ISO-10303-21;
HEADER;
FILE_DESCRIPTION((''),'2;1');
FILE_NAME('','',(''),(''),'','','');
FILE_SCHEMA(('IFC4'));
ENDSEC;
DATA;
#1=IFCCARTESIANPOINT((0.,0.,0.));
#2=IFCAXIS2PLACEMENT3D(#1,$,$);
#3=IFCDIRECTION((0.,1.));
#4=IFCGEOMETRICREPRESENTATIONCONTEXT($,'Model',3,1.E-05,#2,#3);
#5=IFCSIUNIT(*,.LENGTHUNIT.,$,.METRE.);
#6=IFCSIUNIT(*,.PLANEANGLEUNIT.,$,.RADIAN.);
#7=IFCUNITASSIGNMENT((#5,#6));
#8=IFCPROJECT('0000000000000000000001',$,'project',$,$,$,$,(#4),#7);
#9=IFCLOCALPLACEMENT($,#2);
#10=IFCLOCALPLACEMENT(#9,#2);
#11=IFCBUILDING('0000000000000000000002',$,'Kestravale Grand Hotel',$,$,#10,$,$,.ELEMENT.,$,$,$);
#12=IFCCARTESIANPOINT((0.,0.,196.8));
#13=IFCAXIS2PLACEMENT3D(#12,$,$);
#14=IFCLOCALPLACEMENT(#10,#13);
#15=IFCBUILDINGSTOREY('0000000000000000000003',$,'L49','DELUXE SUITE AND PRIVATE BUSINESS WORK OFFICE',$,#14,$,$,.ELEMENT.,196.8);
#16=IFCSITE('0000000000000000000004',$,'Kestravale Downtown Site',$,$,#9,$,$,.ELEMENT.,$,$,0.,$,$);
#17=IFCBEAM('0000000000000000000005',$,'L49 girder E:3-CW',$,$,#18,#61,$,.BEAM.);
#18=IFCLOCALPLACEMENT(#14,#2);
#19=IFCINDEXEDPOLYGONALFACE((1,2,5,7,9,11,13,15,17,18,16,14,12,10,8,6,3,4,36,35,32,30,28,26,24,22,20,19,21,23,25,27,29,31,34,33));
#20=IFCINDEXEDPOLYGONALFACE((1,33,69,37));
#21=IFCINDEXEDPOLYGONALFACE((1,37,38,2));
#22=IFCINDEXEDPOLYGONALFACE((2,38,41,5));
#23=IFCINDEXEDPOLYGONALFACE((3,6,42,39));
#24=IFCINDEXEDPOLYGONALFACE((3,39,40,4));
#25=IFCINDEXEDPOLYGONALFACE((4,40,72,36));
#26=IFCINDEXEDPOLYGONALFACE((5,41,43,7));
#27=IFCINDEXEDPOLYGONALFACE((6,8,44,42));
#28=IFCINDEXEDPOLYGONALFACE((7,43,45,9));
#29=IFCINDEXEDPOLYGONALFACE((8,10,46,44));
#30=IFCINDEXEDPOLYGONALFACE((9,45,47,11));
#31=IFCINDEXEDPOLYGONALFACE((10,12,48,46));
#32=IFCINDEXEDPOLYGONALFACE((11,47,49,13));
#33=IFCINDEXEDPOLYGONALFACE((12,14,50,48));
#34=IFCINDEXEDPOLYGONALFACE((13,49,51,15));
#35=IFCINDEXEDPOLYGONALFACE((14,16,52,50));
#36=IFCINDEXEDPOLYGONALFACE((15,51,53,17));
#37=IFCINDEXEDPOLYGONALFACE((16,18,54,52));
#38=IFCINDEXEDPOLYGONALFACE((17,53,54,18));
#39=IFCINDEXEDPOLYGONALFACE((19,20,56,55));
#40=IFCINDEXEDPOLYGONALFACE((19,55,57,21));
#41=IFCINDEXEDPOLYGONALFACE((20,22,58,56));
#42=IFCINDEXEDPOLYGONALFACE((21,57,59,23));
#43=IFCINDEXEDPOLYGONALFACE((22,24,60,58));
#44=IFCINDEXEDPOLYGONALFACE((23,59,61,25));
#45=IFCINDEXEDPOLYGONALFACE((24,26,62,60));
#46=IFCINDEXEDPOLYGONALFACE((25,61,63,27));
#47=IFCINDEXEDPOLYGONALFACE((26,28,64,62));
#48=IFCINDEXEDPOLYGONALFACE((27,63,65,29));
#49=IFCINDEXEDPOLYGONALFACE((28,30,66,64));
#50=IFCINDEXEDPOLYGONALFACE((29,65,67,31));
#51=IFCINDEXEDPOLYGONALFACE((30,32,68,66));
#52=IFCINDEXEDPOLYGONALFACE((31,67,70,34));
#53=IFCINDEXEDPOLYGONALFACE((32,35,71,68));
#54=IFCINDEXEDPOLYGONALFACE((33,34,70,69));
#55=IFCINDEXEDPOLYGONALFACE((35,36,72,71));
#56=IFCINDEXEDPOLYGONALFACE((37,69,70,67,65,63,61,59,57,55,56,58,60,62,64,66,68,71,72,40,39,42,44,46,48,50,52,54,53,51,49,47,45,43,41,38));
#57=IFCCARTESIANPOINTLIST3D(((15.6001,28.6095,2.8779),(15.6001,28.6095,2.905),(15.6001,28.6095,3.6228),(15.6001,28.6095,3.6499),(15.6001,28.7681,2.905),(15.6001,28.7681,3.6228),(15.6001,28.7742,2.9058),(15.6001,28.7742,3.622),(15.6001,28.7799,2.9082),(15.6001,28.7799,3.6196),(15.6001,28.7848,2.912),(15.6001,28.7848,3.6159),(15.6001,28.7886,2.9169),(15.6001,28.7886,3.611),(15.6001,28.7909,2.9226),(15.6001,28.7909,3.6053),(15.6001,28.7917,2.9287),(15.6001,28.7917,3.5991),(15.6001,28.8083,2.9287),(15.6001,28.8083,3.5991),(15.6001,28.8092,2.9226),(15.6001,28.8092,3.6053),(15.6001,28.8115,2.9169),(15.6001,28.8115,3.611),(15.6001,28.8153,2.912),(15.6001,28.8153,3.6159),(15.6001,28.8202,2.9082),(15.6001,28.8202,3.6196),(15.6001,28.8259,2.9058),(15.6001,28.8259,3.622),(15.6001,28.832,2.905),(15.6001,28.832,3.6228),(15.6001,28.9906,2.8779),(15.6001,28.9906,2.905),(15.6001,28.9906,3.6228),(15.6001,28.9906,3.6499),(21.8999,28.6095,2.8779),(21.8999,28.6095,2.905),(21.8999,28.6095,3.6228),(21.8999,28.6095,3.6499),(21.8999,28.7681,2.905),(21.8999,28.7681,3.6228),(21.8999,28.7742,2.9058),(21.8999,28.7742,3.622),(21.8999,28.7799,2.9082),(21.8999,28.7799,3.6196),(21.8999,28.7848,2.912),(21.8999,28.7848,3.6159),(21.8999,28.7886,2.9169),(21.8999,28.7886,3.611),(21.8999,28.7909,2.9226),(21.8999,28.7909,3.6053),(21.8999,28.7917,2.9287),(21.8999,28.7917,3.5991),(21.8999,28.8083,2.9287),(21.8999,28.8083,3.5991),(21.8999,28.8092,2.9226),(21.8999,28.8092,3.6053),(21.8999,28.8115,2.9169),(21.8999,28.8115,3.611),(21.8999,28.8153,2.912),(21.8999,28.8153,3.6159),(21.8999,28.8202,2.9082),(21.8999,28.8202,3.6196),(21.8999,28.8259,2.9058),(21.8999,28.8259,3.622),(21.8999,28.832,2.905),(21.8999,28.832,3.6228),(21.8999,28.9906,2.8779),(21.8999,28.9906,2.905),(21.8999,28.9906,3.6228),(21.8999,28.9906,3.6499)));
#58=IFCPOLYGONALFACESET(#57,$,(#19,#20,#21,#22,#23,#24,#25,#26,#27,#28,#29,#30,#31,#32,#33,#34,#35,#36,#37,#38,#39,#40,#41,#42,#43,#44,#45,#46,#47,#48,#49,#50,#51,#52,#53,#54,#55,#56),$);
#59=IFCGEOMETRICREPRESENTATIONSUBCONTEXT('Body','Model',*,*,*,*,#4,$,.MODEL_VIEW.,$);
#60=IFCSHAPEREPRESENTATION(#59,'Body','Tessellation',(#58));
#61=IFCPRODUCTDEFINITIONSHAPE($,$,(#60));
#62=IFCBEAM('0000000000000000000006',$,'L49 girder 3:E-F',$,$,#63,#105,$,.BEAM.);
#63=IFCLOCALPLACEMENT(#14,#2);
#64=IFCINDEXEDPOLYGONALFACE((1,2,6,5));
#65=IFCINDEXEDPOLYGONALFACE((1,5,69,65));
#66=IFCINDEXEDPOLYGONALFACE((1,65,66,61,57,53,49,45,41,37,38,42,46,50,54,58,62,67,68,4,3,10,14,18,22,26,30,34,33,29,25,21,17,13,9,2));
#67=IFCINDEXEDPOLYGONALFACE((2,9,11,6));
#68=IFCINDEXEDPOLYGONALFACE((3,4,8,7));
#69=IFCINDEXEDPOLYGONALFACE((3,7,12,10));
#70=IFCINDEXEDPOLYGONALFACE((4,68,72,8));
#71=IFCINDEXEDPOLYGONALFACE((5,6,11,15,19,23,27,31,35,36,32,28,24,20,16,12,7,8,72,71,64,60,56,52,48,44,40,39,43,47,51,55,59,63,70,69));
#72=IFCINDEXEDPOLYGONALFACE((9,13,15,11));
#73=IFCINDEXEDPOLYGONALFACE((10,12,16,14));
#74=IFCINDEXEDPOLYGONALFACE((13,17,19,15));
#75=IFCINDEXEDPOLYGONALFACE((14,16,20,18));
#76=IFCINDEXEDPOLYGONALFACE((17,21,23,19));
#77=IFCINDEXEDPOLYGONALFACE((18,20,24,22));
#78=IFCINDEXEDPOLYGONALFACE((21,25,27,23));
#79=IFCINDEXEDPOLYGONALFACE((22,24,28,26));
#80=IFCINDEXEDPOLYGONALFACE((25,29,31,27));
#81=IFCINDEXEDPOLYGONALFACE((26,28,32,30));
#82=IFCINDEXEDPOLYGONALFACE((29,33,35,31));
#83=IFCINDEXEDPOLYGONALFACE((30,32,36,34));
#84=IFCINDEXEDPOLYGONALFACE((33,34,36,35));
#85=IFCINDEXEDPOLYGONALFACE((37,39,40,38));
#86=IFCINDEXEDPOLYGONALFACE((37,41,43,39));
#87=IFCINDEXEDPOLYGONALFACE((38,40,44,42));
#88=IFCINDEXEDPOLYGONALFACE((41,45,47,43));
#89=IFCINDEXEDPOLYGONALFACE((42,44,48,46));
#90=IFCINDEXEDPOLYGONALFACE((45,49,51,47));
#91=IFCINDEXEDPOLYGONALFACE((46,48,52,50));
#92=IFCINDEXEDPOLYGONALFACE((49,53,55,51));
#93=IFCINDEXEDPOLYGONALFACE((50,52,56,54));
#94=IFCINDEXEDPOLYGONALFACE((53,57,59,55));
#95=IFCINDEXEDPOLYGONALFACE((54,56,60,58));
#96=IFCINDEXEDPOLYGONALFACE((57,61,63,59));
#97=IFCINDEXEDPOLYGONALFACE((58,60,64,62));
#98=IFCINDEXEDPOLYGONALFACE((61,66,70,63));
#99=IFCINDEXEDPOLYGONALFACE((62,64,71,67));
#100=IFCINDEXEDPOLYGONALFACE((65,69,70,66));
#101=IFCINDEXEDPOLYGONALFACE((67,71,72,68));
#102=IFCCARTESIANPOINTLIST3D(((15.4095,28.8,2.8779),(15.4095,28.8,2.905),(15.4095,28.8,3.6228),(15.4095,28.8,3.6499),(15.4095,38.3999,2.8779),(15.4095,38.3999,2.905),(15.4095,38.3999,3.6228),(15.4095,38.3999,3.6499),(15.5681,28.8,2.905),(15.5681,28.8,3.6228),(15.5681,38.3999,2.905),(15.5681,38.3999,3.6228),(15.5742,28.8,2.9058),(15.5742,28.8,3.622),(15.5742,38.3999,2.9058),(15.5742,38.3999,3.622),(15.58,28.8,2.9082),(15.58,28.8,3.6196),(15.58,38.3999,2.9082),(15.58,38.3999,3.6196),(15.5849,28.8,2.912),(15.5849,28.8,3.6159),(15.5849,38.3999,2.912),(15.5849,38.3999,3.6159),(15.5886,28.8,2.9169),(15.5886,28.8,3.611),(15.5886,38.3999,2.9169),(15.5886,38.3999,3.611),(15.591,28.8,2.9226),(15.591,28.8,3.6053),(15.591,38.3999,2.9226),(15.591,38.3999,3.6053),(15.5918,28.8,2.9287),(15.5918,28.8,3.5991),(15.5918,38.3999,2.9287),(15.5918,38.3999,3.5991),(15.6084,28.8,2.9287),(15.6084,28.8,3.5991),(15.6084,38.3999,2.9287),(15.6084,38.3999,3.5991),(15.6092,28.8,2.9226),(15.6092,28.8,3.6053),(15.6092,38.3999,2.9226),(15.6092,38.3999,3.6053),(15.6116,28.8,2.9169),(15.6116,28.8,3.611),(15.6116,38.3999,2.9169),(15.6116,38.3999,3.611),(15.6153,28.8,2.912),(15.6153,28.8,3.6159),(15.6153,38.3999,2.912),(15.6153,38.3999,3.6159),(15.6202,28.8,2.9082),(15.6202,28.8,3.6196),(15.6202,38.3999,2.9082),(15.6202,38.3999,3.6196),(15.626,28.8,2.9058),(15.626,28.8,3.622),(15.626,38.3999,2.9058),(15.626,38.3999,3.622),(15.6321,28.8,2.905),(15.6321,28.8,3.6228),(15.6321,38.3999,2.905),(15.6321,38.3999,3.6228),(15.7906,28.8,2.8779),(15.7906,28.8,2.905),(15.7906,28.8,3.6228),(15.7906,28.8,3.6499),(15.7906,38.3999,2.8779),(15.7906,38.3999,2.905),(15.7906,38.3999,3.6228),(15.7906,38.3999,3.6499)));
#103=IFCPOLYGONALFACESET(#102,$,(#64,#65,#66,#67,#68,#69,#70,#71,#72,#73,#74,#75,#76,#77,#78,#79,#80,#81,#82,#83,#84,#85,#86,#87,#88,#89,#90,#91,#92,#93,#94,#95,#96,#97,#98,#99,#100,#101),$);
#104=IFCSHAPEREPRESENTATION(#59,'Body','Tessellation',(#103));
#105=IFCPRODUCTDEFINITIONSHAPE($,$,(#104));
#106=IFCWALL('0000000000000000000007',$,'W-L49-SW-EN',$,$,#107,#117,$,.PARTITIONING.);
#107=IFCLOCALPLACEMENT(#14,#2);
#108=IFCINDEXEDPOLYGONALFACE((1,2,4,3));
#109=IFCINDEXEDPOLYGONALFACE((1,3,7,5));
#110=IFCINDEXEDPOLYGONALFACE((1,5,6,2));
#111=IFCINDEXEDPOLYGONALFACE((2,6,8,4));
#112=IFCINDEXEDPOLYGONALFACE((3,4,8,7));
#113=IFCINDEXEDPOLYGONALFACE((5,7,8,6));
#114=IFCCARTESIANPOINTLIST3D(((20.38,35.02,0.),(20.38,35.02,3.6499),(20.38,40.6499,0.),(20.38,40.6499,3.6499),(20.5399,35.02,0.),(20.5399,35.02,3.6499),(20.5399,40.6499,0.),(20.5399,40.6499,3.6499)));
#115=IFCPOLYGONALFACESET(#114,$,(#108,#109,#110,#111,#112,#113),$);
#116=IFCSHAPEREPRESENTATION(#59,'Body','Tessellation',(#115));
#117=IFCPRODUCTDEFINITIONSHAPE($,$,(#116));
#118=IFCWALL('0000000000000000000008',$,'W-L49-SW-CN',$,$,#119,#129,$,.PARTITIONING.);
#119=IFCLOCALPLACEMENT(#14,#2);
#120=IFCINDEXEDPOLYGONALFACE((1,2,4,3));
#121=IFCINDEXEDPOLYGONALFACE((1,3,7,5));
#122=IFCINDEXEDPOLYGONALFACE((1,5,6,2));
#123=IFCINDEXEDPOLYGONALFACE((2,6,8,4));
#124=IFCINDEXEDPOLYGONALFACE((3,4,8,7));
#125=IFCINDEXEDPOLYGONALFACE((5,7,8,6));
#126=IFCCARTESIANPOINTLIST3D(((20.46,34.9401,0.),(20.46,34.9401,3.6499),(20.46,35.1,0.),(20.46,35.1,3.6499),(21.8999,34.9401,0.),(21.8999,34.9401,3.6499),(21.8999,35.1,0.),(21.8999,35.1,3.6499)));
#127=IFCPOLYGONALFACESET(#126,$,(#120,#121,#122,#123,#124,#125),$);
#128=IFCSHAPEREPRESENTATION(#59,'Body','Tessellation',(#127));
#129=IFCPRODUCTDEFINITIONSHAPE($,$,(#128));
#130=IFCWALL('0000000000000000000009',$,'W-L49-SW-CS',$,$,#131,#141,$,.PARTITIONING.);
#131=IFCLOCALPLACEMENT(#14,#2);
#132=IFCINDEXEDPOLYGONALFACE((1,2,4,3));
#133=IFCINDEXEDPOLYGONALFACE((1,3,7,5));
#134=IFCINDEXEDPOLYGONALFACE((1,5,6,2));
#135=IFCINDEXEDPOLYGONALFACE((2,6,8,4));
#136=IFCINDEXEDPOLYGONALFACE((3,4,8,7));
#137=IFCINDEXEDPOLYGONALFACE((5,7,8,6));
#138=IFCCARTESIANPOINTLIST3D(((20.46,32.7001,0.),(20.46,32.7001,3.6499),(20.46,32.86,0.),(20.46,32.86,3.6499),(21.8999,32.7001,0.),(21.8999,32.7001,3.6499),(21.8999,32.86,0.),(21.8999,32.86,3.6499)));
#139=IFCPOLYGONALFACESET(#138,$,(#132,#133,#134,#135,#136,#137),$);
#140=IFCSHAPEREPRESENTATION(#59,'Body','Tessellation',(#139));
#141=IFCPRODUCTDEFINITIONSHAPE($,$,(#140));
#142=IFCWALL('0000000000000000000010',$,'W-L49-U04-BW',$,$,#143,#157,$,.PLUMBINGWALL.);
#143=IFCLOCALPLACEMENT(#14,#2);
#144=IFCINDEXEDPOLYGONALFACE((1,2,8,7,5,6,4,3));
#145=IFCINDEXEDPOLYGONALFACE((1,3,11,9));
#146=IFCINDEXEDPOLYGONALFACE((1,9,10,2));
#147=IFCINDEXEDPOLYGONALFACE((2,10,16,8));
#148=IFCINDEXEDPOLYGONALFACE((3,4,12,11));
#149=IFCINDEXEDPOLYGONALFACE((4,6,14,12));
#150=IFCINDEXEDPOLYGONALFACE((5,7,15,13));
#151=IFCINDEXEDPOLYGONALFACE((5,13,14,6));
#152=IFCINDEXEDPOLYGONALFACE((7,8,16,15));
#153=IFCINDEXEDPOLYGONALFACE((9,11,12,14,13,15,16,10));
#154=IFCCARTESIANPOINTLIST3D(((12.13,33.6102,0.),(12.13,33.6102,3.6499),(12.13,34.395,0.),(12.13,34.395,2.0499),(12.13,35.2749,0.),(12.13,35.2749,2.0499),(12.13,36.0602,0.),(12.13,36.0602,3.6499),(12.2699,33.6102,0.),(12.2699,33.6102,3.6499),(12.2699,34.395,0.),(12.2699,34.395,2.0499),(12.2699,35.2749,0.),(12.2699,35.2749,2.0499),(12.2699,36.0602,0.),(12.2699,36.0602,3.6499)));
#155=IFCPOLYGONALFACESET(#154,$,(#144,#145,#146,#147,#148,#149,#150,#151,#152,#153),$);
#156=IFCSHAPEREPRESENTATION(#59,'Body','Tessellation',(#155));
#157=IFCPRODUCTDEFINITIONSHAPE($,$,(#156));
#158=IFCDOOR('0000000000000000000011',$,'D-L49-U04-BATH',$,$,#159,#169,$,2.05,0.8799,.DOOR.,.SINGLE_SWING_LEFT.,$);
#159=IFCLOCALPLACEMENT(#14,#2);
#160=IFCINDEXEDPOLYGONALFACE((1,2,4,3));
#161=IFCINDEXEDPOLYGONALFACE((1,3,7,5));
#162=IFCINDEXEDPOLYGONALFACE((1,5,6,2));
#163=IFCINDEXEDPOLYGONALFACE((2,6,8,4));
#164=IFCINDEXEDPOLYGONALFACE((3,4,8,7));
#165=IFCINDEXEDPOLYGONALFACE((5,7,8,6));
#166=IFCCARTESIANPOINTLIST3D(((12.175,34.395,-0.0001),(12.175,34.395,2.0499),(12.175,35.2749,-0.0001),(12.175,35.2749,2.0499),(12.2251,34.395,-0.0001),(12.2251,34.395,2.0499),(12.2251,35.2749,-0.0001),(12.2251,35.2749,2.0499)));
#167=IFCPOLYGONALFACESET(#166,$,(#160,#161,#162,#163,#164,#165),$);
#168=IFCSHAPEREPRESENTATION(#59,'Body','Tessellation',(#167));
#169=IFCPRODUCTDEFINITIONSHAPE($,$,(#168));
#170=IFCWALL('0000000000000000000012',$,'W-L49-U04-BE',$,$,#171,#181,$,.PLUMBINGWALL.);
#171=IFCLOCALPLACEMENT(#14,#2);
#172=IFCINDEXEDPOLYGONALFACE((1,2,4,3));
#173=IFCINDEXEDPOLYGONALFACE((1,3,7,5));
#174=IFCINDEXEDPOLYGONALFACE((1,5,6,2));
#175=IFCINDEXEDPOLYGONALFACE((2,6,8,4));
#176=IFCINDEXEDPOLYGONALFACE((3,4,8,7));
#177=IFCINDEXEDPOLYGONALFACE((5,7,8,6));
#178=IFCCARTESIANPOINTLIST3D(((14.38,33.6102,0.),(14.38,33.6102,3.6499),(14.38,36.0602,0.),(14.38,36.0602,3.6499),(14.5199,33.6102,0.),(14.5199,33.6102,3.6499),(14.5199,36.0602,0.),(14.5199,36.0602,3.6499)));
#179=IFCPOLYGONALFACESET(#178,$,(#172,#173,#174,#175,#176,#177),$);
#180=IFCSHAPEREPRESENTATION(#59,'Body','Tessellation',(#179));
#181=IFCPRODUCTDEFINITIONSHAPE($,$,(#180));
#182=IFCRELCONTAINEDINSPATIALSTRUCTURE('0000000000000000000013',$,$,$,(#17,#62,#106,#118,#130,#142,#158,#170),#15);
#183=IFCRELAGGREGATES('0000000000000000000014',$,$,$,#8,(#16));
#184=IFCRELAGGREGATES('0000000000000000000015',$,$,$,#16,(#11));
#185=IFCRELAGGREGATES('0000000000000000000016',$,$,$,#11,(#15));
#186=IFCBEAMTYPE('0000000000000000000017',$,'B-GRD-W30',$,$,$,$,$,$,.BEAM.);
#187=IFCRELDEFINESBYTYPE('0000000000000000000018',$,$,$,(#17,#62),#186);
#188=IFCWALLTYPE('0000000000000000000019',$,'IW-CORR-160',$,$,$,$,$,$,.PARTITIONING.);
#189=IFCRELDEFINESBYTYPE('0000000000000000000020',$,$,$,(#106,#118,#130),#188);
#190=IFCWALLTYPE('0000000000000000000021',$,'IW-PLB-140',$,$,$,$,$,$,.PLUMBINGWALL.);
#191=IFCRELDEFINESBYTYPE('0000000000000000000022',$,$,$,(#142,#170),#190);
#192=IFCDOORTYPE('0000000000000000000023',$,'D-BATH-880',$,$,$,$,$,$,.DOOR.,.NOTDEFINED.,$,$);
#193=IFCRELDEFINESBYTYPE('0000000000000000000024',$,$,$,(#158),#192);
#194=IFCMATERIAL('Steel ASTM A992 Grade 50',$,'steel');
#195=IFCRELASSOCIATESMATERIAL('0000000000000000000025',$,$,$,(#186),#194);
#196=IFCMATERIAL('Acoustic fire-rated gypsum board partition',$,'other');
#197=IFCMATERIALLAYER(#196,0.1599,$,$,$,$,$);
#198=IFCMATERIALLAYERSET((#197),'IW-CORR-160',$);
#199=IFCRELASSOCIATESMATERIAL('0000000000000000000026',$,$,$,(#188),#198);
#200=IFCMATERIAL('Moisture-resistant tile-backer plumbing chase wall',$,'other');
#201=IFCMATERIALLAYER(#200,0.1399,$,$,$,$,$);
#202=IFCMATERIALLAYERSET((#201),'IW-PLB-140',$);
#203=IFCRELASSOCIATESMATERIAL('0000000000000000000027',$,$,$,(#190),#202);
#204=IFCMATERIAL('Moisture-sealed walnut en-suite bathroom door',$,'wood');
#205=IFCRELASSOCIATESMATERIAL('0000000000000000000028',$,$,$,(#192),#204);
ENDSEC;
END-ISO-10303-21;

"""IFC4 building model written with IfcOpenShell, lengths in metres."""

from ifc_helpers import new_model, si_unit, direction, frame, frame_2d, origin, origin_2d, place, context, subcontext, project, spatial, rectangle, i_section, extrude, material, layer, layer_set, material_profile, profile_set, type_object, element, fill, save


model = new_model("IFC4")

# Units and contexts
model_context = context("Model", 3, precision=1e-05, world=origin(), true_north=direction((0.0, 1.0)))
body_context = subcontext(model_context, "Body", "Model", "MODEL_VIEW")
ifc_project = project(units=[si_unit("LENGTHUNIT", "METRE"), si_unit("PLANEANGLEUNIT", "RADIAN")], contexts=[model_context])

# Site, building, storey
site_placement = place(None, origin())
site = spatial("IfcSite", under=ifc_project, at=site_placement, Name="Kestravale Downtown Site", CompositionType="ELEMENT", RefElevation=0.0)
building_placement = place(site_placement, origin())
building = spatial("IfcBuilding", under=site, at=building_placement, Name="Kestravale Grand Hotel", CompositionType="ELEMENT")
storey_placement = place(building_placement, frame((0.0, 0.0, 196.8)))
storey = spatial("IfcBuildingStorey", under=building, at=storey_placement, Name="L49", Description="DELUXE SUITE AND PRIVATE BUSINESS WORK OFFICE", CompositionType="ELEMENT", Elevation=196.8)

# Beams
ifc_material_1 = material(Name="Steel ASTM A992 Grade 50", Category="steel")
ifc_material_profile_1 = material_profile(ifc_material_1, i_section(OverallWidth=0.3811, OverallDepth=0.772, WebThickness=0.0166, FlangeThickness=0.0271, FilletRadius=0.0237, at=origin_2d()))
ifc_profile_set_1 = profile_set([ifc_material_profile_1], Name="Steel ASTM A992 Grade 50")
beam_type_1 = type_object("IfcBeamType", Name="B-GRD-W30", PredefinedType="BEAM", material=ifc_profile_set_1)
beam_1_placement = place(storey_placement, frame((15.6001, 28.8, 3.2639), z_axis=(1.0, 0.0, 0.0), x_axis=(0.0, 1.0, 0.0)))
element("IfcBeam", 1, at=beam_1_placement, inside=storey, type_object=beam_type_1, Name="L49 girder E:3-CW", PredefinedType="BEAM", context=body_context, shape_type="SweptSolid", body=[
    extrude(i_section(OverallWidth=0.3811, OverallDepth=0.772, WebThickness=0.0166, FlangeThickness=0.0271, FilletRadius=0.0237, at=origin_2d()), origin(), (0.0, 0.0, 1.0), 6.2998),
])
beam_2_placement = place(storey_placement, frame((15.6001, 28.8, 3.2639), z_axis=(0.0, 1.0, 0.0), x_axis=(-1.0, 0.0, 0.0)))
element("IfcBeam", 2, at=beam_2_placement, inside=storey, type_object=beam_type_1, Name="L49 girder 3:E-F", PredefinedType="BEAM", context=body_context, shape_type="SweptSolid", body=[
    extrude(i_section(OverallWidth=0.3811, OverallDepth=0.772, WebThickness=0.0166, FlangeThickness=0.0271, FilletRadius=0.0237, at=origin_2d()), origin(), (0.0, 0.0, 1.0), 9.5999),
])

# Walls
ifc_material_2 = material(Name="Acoustic fire-rated gypsum board partition", Category="other")
ifc_layer_1 = layer(ifc_material_2, 0.1599)
ifc_layer_set_1 = layer_set([ifc_layer_1], Name="IW-CORR-160")
wall_type_1 = type_object("IfcWallType", Name="IW-CORR-160", PredefinedType="PARTITIONING", material=ifc_layer_set_1)
wall_1_placement = place(storey_placement, frame((20.46, 35.02, 0.0), z_axis=(0.0, 0.0, 1.0), x_axis=(0.0, 1.0, 0.0)))
element("IfcWall", 3, at=wall_1_placement, inside=storey, type_object=wall_type_1, Name="W-L49-SW-EN", PredefinedType="PARTITIONING", context=body_context, shape_type="SweptSolid", body=[
    extrude(rectangle(XDim=5.6299, YDim=0.1599, at=frame_2d((2.8149, 0.0))), origin(), (0.0, 0.0, 1.0), 3.6499),
])
for number, where, z_axis, x_axis, name in (
    (4, (20.46, 35.02, 0.0), (0.0, 0.0, 1.0), (1.0, 0.0, 0.0), "W-L49-SW-CN"),
    (5, (20.46, 32.78, 0.0), (0.0, 0.0, 1.0), (1.0, 0.0, 0.0), "W-L49-SW-CS"),
):
    element("IfcWall", number, at=place(storey_placement, frame(where, z_axis=z_axis, x_axis=x_axis)), inside=storey, type_object=wall_type_1, Name=name, PredefinedType="PARTITIONING", context=body_context, shape_type="SweptSolid", body=[
        extrude(rectangle(XDim=1.4399, YDim=0.1599, at=frame_2d((0.72, 0.0))), origin(), (0.0, 0.0, 1.0), 3.6499),
    ])

# Wall, opening, door
ifc_material_3 = material(Name="Moisture-resistant tile-backer plumbing chase wall", Category="other")
ifc_layer_2 = layer(ifc_material_3, 0.1399)
ifc_layer_set_2 = layer_set([ifc_layer_2], Name="IW-PLB-140")
wall_type_2 = type_object("IfcWallType", Name="IW-PLB-140", PredefinedType="PLUMBINGWALL", material=ifc_layer_set_2)
wall_2_placement = place(storey_placement, frame((12.2, 33.6101, 0.0), z_axis=(0.0, 0.0, 1.0), x_axis=(0.0, 1.0, 0.0)))
wall_2 = element("IfcWall", 6, at=wall_2_placement, inside=storey, type_object=wall_type_2, Name="W-L49-U04-BW", PredefinedType="PLUMBINGWALL", context=body_context, shape_type="SweptSolid", body=[
    extrude(rectangle(XDim=2.45, YDim=0.1399, at=frame_2d((1.2251, 0.0))), origin(), (0.0, 0.0, 1.0), 3.6499),
])
opening_placement = place(wall_2_placement, frame((0.7849, 0.0, 0.0)))
opening = element("IfcOpeningElement", 7, at=opening_placement, cuts=wall_2, PredefinedType="OPENING", context=body_context, shape_type="SweptSolid", body=[
    extrude(rectangle(XDim=0.8799, YDim=2.05, at=frame_2d((0.4399, 1.0249))), frame((0.0, 0.0798, 0.0), z_axis=(0.0, -1.0, 0.0), x_axis=(1.0, 0.0, 0.0)), (0.0, 0.0, 1.0), 0.1599),
])
ifc_material_4 = material(Name="Moisture-sealed walnut en-suite bathroom door", Category="wood")
door_type = type_object("IfcDoorType", Name="D-BATH-880", OperationType="NOTDEFINED", PredefinedType="DOOR", material=ifc_material_4)
door_placement = place(opening_placement, origin())
door = element("IfcDoor", 8, at=door_placement, inside=storey, type_object=door_type, Name="D-L49-U04-BATH", OperationType="SINGLE_SWING_LEFT", OverallHeight=2.05, OverallWidth=0.8799, PredefinedType="DOOR", context=body_context, shape_type="SweptSolid", body=[
    extrude(rectangle(XDim=0.8799, YDim=2.05, at=frame_2d((0.4399, 1.0249))), frame((0.0, 0.0249, 0.0), z_axis=(0.0, -1.0, 0.0), x_axis=(1.0, 0.0, 0.0)), (0.0, 0.0, 1.0), 0.05),
])
fill(opening, door)

# Wall
wall_3_placement = place(storey_placement, frame((14.45, 33.6101, 0.0), z_axis=(0.0, 0.0, 1.0), x_axis=(0.0, 1.0, 0.0)))
element("IfcWall", 9, at=wall_3_placement, inside=storey, type_object=wall_type_2, Name="W-L49-U04-BE", PredefinedType="PLUMBINGWALL", context=body_context, shape_type="SweptSolid", body=[
    extrude(rectangle(XDim=2.45, YDim=0.1399, at=frame_2d((1.2251, 0.0))), origin(), (0.0, 0.0, 1.0), 3.6499),
])

save(model, "model.ifc")
